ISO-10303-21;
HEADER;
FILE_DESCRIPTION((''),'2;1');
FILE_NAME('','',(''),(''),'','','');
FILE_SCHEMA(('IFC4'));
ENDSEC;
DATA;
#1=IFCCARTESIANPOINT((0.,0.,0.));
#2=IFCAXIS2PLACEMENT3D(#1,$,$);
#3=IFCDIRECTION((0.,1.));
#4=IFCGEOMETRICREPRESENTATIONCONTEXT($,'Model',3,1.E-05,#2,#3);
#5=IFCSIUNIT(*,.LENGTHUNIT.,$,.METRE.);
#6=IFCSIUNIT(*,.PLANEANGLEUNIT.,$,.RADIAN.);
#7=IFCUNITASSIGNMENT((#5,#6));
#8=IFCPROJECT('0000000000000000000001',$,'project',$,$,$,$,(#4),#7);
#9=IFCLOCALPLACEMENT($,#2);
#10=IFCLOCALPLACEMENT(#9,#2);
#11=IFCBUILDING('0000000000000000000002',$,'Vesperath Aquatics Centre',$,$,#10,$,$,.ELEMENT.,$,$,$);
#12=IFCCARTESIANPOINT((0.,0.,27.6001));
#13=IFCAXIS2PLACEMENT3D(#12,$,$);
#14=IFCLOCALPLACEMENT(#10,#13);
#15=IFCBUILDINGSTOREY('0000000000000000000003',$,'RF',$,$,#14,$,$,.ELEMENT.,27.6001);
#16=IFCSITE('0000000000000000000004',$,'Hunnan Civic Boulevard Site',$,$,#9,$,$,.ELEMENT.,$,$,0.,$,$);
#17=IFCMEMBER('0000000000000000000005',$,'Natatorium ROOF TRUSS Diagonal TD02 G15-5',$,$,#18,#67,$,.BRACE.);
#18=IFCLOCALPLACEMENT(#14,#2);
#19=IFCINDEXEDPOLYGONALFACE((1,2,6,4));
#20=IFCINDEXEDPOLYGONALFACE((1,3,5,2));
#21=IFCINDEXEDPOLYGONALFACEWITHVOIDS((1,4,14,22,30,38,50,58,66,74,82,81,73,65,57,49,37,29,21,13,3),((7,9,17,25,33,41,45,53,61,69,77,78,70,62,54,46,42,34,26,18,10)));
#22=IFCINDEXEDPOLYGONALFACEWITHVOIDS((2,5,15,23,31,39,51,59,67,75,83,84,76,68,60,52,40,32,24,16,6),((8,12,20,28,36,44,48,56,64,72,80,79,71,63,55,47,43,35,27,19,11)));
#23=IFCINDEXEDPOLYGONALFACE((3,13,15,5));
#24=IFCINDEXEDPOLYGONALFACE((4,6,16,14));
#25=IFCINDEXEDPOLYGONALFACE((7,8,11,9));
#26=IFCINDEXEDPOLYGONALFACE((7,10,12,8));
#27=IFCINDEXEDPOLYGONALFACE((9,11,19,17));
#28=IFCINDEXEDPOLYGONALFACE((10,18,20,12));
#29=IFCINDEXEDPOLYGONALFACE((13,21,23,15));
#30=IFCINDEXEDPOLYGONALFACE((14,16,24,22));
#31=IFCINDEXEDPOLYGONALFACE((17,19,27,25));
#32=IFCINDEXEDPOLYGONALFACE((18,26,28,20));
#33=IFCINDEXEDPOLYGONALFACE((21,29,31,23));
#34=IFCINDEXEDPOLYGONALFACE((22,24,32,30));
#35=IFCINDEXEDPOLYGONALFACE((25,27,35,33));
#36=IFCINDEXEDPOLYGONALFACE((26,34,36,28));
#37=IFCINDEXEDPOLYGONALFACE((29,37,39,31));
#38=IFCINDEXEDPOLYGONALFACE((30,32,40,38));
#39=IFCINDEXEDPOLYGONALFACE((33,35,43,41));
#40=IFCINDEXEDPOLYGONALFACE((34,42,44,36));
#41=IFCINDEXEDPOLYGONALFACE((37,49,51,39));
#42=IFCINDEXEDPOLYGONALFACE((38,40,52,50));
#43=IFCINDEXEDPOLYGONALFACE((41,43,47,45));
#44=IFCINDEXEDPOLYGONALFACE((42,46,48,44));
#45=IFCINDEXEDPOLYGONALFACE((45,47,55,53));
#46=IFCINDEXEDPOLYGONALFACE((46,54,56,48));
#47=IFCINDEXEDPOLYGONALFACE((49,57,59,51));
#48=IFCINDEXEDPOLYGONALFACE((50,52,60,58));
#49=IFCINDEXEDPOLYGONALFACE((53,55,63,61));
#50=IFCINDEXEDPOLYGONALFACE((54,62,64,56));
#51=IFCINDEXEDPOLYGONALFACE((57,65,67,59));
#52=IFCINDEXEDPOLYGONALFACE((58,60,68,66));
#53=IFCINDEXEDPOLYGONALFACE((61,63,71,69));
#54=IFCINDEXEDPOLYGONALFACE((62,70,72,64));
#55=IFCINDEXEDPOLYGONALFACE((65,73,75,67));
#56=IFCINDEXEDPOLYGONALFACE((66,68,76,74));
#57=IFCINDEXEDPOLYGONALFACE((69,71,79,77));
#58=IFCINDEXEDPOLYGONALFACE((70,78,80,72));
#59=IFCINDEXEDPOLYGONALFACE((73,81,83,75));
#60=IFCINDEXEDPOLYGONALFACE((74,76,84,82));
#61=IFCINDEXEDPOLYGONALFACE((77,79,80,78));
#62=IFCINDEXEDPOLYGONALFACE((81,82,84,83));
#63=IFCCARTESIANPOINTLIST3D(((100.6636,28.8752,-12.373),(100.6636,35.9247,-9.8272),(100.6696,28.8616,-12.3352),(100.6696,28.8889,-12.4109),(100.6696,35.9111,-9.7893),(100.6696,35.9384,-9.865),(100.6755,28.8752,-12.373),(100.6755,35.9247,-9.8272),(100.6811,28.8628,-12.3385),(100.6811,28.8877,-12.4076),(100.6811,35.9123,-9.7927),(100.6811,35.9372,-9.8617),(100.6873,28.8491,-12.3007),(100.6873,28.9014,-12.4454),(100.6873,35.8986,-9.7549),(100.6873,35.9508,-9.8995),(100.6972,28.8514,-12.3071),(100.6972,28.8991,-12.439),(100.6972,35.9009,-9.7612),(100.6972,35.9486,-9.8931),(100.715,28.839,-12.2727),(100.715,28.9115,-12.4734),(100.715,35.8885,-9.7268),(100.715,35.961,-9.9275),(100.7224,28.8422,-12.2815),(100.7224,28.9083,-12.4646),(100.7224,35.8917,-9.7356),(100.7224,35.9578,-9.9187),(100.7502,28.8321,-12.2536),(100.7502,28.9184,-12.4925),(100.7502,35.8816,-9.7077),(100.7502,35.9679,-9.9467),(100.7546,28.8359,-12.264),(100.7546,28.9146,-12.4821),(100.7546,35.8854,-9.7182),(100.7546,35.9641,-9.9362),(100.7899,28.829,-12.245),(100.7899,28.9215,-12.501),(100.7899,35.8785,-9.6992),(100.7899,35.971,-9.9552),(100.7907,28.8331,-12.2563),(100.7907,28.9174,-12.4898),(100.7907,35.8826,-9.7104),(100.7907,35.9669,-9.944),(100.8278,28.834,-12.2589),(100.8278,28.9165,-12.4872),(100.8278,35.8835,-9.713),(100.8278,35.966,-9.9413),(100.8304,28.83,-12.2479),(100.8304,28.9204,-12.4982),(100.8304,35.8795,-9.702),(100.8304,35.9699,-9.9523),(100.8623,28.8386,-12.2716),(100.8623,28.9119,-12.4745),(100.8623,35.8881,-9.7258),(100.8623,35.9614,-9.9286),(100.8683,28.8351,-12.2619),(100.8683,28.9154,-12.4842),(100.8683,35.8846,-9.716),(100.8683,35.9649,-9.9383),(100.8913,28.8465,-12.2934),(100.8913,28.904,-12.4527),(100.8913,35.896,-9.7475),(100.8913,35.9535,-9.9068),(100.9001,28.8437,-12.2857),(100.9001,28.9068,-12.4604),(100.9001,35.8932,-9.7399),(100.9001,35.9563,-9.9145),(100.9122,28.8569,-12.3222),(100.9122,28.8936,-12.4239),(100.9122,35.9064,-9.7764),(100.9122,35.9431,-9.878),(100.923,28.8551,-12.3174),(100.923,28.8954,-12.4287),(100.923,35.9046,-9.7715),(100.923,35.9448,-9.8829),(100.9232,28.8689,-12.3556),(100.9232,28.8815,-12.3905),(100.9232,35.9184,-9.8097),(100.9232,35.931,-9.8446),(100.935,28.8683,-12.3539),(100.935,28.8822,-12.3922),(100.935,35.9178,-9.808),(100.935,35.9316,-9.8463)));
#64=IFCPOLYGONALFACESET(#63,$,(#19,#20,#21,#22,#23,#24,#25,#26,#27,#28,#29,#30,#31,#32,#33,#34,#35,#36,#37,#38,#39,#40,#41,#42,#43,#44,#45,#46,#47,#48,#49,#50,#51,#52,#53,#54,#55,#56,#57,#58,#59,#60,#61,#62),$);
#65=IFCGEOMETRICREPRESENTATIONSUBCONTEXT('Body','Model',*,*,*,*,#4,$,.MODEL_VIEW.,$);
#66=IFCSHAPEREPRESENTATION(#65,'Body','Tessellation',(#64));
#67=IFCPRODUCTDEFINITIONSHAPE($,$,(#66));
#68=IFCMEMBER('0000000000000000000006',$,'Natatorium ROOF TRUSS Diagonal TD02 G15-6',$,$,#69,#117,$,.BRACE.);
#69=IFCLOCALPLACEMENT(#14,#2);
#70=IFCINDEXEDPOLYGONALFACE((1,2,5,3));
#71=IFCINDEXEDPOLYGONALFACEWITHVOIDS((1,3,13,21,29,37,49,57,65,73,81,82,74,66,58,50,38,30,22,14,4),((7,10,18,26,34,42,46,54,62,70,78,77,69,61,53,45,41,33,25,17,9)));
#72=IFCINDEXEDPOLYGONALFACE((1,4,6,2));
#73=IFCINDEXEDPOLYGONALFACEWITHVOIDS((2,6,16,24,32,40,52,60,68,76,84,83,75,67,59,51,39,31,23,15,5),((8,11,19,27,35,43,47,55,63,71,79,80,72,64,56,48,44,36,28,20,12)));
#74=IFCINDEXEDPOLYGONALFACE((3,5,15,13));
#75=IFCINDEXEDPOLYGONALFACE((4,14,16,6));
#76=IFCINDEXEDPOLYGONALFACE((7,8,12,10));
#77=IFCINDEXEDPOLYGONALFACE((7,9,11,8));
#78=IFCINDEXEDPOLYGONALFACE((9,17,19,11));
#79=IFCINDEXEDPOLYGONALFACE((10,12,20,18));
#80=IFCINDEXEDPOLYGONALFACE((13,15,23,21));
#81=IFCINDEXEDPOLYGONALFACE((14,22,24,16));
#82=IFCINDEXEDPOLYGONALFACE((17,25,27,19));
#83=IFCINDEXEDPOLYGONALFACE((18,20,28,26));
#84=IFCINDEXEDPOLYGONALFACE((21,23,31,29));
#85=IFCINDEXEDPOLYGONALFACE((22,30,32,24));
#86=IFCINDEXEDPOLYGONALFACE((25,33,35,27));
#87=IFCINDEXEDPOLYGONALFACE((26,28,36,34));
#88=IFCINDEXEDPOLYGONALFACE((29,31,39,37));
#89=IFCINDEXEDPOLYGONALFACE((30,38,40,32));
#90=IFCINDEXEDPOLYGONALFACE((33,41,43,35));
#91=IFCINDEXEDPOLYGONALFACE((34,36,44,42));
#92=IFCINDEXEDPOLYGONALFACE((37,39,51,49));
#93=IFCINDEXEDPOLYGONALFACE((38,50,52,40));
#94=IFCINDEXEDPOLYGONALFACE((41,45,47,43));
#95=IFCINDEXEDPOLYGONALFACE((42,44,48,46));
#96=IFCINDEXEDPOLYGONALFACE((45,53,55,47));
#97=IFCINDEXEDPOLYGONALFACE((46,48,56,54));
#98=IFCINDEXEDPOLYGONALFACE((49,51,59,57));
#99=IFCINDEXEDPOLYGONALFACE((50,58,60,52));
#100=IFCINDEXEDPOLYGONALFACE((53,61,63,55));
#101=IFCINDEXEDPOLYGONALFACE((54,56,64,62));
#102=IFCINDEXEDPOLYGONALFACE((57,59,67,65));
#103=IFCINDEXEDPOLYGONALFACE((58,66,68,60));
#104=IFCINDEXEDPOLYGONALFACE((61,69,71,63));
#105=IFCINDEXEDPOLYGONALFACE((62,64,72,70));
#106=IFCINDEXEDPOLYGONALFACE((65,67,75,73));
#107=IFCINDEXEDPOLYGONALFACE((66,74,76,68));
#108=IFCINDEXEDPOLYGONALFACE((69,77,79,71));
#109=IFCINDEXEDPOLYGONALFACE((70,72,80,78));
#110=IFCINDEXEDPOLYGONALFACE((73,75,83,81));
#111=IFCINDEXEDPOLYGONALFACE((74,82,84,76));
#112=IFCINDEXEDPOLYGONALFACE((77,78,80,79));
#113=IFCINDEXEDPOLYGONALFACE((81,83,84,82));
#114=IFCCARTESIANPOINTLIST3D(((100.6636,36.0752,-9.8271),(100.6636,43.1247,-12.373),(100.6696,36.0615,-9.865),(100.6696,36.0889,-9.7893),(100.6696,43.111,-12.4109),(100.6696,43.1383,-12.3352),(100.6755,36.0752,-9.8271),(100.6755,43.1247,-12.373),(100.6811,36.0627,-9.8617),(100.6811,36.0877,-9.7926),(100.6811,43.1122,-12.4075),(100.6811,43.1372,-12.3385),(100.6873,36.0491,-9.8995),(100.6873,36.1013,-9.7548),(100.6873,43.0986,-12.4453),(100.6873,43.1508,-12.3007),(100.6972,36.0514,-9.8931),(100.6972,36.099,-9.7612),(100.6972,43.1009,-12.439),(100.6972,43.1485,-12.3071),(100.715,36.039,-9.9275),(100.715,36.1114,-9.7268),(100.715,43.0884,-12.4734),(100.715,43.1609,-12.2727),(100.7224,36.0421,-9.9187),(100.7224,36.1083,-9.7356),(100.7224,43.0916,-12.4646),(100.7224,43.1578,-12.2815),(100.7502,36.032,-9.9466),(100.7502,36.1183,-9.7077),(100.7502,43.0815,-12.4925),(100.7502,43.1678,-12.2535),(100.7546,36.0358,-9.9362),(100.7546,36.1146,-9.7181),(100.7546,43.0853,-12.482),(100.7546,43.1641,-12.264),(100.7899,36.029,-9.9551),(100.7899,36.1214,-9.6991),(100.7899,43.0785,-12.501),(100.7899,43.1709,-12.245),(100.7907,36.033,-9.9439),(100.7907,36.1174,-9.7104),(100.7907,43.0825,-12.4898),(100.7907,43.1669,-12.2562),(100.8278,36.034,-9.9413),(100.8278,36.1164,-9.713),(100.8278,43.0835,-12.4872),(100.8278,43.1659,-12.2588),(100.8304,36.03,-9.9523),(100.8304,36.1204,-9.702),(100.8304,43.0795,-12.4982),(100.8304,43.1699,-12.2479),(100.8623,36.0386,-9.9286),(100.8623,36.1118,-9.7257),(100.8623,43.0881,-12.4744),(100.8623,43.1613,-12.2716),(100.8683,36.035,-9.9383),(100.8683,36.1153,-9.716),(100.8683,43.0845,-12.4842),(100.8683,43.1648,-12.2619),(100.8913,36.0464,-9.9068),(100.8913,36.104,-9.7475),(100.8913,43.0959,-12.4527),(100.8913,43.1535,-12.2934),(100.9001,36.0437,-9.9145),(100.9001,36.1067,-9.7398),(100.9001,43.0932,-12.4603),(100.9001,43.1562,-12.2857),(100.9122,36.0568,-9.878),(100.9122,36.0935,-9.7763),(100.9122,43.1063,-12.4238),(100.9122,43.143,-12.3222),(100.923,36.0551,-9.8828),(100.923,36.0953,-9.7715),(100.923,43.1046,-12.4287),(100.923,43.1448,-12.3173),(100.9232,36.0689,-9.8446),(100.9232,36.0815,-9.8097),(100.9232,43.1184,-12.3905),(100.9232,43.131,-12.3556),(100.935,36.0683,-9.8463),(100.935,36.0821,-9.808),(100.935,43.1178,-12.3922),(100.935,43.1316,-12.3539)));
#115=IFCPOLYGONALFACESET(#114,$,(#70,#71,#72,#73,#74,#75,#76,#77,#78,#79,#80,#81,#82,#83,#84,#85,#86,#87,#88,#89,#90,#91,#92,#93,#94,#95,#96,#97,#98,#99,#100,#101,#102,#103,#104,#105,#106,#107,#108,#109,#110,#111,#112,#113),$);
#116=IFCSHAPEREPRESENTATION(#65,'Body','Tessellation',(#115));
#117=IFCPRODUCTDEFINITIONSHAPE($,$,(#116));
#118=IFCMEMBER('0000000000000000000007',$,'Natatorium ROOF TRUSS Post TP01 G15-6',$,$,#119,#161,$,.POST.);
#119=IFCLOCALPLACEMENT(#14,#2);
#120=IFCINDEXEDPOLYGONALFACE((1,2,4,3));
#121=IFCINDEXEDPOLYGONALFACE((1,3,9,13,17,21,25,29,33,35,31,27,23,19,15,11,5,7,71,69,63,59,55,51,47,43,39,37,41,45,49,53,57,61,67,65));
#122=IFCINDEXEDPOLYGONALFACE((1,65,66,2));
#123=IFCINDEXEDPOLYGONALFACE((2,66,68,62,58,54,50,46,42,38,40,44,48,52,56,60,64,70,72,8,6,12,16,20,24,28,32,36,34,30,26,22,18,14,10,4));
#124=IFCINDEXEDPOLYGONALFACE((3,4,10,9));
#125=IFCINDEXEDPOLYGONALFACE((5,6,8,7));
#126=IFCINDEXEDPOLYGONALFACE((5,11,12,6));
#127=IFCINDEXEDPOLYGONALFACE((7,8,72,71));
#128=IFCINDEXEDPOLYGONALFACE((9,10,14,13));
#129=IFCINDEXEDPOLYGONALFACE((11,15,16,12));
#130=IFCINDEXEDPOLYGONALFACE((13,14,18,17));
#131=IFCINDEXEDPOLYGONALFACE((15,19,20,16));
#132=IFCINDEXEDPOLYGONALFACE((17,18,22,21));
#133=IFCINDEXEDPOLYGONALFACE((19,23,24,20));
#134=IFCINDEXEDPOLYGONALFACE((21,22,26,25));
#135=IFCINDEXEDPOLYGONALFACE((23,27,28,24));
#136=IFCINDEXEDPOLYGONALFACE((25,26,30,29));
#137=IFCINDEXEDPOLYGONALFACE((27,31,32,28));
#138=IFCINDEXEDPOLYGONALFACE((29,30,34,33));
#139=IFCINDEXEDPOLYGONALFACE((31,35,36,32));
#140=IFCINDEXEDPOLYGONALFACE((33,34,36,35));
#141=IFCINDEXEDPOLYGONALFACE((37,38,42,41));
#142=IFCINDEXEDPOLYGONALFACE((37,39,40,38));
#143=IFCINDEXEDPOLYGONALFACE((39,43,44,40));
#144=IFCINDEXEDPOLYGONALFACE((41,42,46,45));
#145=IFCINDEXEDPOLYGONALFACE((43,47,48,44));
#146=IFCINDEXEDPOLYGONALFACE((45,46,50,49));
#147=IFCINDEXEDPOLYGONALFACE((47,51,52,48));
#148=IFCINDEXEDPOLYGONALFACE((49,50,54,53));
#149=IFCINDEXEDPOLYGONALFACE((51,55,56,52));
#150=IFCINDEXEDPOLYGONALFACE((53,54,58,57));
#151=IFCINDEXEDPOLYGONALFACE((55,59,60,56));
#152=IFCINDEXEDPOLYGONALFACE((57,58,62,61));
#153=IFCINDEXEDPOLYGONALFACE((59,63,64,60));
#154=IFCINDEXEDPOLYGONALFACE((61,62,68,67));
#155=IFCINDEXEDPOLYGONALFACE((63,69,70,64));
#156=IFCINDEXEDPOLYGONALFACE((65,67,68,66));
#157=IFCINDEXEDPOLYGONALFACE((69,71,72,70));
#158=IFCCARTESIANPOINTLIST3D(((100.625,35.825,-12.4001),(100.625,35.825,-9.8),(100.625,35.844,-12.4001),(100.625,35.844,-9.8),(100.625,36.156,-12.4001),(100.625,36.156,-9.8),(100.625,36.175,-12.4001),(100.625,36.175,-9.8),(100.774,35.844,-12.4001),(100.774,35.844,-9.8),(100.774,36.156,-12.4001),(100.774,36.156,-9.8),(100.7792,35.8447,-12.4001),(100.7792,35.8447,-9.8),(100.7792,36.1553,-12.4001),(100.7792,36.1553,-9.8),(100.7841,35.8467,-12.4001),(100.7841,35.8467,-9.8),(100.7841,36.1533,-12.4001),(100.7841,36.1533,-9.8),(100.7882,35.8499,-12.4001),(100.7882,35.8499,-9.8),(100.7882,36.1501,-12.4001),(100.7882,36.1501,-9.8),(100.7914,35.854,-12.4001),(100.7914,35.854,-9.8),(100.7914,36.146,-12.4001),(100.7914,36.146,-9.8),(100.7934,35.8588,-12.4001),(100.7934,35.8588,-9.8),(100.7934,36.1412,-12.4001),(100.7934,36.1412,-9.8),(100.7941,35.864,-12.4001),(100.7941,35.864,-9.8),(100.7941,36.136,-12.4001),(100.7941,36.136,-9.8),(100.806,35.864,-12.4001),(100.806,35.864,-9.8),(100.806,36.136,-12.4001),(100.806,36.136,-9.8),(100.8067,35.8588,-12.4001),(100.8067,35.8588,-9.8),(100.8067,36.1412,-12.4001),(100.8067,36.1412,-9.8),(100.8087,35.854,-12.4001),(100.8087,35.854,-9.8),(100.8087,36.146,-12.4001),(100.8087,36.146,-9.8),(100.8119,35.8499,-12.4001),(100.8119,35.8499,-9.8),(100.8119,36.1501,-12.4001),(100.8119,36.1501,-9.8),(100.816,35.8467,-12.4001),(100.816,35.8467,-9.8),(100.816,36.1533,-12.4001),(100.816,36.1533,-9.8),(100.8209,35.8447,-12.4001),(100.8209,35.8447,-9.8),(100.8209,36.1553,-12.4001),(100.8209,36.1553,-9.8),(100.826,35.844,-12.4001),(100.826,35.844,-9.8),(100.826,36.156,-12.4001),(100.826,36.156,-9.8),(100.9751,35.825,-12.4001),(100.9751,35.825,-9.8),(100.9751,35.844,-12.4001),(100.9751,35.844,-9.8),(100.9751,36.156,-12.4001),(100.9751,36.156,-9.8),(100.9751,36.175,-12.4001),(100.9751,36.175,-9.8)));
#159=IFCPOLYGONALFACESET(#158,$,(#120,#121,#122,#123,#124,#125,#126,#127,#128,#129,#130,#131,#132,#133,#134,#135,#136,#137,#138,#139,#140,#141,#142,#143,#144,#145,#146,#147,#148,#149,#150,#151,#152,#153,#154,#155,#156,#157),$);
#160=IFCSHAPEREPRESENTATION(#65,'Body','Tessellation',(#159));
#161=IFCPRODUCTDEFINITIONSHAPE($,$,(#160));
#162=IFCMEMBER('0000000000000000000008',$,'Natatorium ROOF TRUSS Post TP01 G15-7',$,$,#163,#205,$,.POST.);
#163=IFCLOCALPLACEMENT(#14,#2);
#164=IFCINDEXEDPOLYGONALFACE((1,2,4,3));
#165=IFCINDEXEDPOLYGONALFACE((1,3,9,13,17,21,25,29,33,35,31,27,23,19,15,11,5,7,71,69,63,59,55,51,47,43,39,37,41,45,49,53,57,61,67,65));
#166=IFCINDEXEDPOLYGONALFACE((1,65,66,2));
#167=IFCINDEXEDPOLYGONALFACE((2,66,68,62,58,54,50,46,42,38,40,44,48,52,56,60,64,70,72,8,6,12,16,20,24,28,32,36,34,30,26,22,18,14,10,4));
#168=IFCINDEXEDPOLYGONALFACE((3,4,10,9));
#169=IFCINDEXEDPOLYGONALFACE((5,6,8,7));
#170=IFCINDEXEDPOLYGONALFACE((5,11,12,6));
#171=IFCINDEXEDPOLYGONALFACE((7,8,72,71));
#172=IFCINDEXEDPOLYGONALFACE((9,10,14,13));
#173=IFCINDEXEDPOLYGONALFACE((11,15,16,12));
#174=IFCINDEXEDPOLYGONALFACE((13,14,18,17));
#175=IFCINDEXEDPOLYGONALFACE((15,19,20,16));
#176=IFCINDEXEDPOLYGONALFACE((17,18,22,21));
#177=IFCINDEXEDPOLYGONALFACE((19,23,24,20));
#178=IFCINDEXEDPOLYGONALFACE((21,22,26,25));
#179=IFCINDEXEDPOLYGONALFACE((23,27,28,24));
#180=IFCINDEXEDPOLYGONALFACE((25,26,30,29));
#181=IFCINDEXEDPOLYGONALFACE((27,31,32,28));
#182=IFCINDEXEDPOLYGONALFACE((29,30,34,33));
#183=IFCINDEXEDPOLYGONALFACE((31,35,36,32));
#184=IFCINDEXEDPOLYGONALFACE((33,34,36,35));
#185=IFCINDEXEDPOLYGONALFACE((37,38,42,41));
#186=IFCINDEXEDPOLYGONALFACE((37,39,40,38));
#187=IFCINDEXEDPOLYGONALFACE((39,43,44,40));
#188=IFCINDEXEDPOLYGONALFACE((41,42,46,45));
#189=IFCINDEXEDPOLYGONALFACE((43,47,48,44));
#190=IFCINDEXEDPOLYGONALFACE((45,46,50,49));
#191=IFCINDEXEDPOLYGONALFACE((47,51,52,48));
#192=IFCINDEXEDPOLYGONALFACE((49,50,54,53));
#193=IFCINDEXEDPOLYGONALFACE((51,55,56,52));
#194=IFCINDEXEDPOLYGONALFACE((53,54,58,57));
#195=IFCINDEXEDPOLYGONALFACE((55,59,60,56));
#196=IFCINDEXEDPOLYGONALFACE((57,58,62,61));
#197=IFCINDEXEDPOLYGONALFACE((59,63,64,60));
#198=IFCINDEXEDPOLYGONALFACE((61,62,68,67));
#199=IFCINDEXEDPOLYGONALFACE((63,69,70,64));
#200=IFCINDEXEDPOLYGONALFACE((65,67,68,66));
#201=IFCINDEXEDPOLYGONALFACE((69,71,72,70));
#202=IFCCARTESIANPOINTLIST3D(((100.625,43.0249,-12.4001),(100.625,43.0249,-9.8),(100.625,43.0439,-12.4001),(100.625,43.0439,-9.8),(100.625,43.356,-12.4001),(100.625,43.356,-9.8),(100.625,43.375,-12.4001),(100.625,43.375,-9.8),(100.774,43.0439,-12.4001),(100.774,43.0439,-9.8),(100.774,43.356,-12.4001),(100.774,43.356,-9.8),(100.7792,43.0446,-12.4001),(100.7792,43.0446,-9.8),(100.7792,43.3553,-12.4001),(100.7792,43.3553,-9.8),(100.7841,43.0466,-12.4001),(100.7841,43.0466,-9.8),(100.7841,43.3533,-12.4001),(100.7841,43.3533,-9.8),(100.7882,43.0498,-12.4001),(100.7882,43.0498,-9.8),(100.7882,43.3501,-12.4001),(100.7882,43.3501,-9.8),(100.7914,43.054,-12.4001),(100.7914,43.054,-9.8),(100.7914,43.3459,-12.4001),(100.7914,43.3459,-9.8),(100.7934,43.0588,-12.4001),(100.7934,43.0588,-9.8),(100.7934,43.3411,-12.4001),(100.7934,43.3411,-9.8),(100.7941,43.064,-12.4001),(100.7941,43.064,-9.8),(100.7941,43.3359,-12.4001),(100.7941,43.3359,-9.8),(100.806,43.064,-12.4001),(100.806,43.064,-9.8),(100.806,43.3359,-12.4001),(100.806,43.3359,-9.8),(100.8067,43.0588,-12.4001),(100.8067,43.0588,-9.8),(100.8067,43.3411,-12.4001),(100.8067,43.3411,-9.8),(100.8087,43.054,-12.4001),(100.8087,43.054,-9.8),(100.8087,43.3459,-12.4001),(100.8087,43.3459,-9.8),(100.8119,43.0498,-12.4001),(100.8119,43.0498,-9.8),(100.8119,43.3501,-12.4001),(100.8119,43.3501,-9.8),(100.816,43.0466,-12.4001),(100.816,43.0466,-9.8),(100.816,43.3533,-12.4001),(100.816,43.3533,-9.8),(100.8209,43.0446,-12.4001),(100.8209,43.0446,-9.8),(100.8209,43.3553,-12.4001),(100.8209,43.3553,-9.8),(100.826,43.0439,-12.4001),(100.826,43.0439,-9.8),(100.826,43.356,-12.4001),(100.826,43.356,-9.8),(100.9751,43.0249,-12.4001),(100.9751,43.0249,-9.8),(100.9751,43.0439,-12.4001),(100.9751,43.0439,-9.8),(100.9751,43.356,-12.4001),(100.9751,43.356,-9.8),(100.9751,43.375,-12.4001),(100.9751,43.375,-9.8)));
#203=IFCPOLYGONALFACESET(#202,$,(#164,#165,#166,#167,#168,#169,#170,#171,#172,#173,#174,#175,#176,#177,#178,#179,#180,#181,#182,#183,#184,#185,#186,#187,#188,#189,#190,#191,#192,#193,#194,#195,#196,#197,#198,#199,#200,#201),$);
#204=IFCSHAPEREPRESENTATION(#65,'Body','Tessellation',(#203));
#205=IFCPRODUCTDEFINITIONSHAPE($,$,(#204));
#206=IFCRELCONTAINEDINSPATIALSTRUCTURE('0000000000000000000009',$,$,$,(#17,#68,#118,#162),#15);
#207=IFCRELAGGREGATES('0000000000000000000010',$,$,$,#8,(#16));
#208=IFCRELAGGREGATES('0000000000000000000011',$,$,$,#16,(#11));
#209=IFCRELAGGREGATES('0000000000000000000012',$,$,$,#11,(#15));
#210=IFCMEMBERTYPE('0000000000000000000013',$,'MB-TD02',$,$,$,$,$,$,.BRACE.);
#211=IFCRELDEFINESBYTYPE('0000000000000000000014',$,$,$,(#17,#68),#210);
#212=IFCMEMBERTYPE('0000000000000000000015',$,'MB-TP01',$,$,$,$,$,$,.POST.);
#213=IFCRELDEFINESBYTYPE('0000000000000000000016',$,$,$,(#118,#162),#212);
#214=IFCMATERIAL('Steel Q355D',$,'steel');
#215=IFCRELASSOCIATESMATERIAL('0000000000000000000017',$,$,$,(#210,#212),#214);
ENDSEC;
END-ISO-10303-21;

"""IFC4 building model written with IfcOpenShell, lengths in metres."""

from ifc_helpers import new_model, si_unit, direction, frame, origin, origin_2d, place, context, subcontext, project, spatial, hollow_circle, i_section, extrude, material, material_profile, profile_set, type_object, element, save


model = new_model("IFC4")

# Units and contexts
model_context = context("Model", 3, precision=1e-05, world=origin(), true_north=direction((0.0, 1.0)))
body_context = subcontext(model_context, "Body", "Model", "MODEL_VIEW")
ifc_project = project(units=[si_unit("LENGTHUNIT", "METRE"), si_unit("PLANEANGLEUNIT", "RADIAN")], contexts=[model_context])

# Site, building, storey
site_placement = place(None, origin())
site = spatial("IfcSite", under=ifc_project, at=site_placement, Name="Hunnan Civic Boulevard Site", CompositionType="ELEMENT", RefElevation=0.0)
building_placement = place(site_placement, origin())
building = spatial("IfcBuilding", under=site, at=building_placement, Name="Vesperath Aquatics Centre", CompositionType="ELEMENT")
storey_placement = place(building_placement, frame((0.0, 0.0, 27.6001)))
storey = spatial("IfcBuildingStorey", under=building, at=storey_placement, Name="RF", CompositionType="ELEMENT", Elevation=27.6001)

# Shared definitions
ifc_material_1 = material(Name="Steel Q355D", Category="steel")

# Members
ifc_material_profile_1 = material_profile(ifc_material_1, hollow_circle(Radius=0.1365, WallThickness=0.012, at=origin_2d()), Name="CHS 273.0x12")
ifc_profile_set_1 = profile_set([ifc_material_profile_1], Name="Steel Q355D")
member_type_1 = type_object("IfcMemberType", Name="MB-TD02", PredefinedType="BRACE", material=ifc_profile_set_1)
for number, where, z_axis, x_axis, name in (
    (1, (100.8, 28.8752, -12.373), (0.0, 0.940544, 0.339671), (-1.0, 0.0, 0.0), "Natatorium ROOF TRUSS Diagonal TD02 G15-5"),
    (2, (100.8, 36.0752, -9.8271), (0.0, 0.940544, -0.339671), (-1.0, 0.0, 0.0), "Natatorium ROOF TRUSS Diagonal TD02 G15-6"),
):
    element("IfcMember", number, at=place(storey_placement, frame(where, z_axis=z_axis, x_axis=x_axis)), inside=storey, type_object=member_type_1, Name=name, PredefinedType="BRACE", context=body_context, shape_type="SweptSolid", body=[
        extrude(hollow_circle(Radius=0.1365, WallThickness=0.012, at=origin_2d()), origin(), (0.0, 0.0, 1.0), 7.4951),
    ])
ifc_material_profile_2 = material_profile(ifc_material_1, i_section(OverallWidth=0.3501, OverallDepth=0.3501, WebThickness=0.012, FlangeThickness=0.019, FilletRadius=0.02, at=origin_2d()), Name="HW 350x350x12x19")
ifc_profile_set_2 = profile_set([ifc_material_profile_2], Name="Steel Q355D")
member_type_2 = type_object("IfcMemberType", Name="MB-TP01", PredefinedType="POST", material=ifc_profile_set_2)
for number, where, z_axis, x_axis, name in (
    (3, (100.8, 36.0, -12.4001), (0.0, 0.0, 1.0), (1.0, 0.0, 0.0), "Natatorium ROOF TRUSS Post TP01 G15-6"),
    (4, (100.8, 43.2, -12.4001), (0.0, 0.0, 1.0), (1.0, 0.0, 0.0), "Natatorium ROOF TRUSS Post TP01 G15-7"),
):
    element("IfcMember", number, at=place(storey_placement, frame(where, z_axis=z_axis, x_axis=x_axis)), inside=storey, type_object=member_type_2, Name=name, PredefinedType="POST", context=body_context, shape_type="SweptSolid", body=[
        extrude(i_section(OverallWidth=0.3501, OverallDepth=0.3501, WebThickness=0.012, FlangeThickness=0.019, FilletRadius=0.02, at=origin_2d()), origin(), (0.0, 0.0, 1.0), 2.6001),
    ])

save(model, "model.ifc")
